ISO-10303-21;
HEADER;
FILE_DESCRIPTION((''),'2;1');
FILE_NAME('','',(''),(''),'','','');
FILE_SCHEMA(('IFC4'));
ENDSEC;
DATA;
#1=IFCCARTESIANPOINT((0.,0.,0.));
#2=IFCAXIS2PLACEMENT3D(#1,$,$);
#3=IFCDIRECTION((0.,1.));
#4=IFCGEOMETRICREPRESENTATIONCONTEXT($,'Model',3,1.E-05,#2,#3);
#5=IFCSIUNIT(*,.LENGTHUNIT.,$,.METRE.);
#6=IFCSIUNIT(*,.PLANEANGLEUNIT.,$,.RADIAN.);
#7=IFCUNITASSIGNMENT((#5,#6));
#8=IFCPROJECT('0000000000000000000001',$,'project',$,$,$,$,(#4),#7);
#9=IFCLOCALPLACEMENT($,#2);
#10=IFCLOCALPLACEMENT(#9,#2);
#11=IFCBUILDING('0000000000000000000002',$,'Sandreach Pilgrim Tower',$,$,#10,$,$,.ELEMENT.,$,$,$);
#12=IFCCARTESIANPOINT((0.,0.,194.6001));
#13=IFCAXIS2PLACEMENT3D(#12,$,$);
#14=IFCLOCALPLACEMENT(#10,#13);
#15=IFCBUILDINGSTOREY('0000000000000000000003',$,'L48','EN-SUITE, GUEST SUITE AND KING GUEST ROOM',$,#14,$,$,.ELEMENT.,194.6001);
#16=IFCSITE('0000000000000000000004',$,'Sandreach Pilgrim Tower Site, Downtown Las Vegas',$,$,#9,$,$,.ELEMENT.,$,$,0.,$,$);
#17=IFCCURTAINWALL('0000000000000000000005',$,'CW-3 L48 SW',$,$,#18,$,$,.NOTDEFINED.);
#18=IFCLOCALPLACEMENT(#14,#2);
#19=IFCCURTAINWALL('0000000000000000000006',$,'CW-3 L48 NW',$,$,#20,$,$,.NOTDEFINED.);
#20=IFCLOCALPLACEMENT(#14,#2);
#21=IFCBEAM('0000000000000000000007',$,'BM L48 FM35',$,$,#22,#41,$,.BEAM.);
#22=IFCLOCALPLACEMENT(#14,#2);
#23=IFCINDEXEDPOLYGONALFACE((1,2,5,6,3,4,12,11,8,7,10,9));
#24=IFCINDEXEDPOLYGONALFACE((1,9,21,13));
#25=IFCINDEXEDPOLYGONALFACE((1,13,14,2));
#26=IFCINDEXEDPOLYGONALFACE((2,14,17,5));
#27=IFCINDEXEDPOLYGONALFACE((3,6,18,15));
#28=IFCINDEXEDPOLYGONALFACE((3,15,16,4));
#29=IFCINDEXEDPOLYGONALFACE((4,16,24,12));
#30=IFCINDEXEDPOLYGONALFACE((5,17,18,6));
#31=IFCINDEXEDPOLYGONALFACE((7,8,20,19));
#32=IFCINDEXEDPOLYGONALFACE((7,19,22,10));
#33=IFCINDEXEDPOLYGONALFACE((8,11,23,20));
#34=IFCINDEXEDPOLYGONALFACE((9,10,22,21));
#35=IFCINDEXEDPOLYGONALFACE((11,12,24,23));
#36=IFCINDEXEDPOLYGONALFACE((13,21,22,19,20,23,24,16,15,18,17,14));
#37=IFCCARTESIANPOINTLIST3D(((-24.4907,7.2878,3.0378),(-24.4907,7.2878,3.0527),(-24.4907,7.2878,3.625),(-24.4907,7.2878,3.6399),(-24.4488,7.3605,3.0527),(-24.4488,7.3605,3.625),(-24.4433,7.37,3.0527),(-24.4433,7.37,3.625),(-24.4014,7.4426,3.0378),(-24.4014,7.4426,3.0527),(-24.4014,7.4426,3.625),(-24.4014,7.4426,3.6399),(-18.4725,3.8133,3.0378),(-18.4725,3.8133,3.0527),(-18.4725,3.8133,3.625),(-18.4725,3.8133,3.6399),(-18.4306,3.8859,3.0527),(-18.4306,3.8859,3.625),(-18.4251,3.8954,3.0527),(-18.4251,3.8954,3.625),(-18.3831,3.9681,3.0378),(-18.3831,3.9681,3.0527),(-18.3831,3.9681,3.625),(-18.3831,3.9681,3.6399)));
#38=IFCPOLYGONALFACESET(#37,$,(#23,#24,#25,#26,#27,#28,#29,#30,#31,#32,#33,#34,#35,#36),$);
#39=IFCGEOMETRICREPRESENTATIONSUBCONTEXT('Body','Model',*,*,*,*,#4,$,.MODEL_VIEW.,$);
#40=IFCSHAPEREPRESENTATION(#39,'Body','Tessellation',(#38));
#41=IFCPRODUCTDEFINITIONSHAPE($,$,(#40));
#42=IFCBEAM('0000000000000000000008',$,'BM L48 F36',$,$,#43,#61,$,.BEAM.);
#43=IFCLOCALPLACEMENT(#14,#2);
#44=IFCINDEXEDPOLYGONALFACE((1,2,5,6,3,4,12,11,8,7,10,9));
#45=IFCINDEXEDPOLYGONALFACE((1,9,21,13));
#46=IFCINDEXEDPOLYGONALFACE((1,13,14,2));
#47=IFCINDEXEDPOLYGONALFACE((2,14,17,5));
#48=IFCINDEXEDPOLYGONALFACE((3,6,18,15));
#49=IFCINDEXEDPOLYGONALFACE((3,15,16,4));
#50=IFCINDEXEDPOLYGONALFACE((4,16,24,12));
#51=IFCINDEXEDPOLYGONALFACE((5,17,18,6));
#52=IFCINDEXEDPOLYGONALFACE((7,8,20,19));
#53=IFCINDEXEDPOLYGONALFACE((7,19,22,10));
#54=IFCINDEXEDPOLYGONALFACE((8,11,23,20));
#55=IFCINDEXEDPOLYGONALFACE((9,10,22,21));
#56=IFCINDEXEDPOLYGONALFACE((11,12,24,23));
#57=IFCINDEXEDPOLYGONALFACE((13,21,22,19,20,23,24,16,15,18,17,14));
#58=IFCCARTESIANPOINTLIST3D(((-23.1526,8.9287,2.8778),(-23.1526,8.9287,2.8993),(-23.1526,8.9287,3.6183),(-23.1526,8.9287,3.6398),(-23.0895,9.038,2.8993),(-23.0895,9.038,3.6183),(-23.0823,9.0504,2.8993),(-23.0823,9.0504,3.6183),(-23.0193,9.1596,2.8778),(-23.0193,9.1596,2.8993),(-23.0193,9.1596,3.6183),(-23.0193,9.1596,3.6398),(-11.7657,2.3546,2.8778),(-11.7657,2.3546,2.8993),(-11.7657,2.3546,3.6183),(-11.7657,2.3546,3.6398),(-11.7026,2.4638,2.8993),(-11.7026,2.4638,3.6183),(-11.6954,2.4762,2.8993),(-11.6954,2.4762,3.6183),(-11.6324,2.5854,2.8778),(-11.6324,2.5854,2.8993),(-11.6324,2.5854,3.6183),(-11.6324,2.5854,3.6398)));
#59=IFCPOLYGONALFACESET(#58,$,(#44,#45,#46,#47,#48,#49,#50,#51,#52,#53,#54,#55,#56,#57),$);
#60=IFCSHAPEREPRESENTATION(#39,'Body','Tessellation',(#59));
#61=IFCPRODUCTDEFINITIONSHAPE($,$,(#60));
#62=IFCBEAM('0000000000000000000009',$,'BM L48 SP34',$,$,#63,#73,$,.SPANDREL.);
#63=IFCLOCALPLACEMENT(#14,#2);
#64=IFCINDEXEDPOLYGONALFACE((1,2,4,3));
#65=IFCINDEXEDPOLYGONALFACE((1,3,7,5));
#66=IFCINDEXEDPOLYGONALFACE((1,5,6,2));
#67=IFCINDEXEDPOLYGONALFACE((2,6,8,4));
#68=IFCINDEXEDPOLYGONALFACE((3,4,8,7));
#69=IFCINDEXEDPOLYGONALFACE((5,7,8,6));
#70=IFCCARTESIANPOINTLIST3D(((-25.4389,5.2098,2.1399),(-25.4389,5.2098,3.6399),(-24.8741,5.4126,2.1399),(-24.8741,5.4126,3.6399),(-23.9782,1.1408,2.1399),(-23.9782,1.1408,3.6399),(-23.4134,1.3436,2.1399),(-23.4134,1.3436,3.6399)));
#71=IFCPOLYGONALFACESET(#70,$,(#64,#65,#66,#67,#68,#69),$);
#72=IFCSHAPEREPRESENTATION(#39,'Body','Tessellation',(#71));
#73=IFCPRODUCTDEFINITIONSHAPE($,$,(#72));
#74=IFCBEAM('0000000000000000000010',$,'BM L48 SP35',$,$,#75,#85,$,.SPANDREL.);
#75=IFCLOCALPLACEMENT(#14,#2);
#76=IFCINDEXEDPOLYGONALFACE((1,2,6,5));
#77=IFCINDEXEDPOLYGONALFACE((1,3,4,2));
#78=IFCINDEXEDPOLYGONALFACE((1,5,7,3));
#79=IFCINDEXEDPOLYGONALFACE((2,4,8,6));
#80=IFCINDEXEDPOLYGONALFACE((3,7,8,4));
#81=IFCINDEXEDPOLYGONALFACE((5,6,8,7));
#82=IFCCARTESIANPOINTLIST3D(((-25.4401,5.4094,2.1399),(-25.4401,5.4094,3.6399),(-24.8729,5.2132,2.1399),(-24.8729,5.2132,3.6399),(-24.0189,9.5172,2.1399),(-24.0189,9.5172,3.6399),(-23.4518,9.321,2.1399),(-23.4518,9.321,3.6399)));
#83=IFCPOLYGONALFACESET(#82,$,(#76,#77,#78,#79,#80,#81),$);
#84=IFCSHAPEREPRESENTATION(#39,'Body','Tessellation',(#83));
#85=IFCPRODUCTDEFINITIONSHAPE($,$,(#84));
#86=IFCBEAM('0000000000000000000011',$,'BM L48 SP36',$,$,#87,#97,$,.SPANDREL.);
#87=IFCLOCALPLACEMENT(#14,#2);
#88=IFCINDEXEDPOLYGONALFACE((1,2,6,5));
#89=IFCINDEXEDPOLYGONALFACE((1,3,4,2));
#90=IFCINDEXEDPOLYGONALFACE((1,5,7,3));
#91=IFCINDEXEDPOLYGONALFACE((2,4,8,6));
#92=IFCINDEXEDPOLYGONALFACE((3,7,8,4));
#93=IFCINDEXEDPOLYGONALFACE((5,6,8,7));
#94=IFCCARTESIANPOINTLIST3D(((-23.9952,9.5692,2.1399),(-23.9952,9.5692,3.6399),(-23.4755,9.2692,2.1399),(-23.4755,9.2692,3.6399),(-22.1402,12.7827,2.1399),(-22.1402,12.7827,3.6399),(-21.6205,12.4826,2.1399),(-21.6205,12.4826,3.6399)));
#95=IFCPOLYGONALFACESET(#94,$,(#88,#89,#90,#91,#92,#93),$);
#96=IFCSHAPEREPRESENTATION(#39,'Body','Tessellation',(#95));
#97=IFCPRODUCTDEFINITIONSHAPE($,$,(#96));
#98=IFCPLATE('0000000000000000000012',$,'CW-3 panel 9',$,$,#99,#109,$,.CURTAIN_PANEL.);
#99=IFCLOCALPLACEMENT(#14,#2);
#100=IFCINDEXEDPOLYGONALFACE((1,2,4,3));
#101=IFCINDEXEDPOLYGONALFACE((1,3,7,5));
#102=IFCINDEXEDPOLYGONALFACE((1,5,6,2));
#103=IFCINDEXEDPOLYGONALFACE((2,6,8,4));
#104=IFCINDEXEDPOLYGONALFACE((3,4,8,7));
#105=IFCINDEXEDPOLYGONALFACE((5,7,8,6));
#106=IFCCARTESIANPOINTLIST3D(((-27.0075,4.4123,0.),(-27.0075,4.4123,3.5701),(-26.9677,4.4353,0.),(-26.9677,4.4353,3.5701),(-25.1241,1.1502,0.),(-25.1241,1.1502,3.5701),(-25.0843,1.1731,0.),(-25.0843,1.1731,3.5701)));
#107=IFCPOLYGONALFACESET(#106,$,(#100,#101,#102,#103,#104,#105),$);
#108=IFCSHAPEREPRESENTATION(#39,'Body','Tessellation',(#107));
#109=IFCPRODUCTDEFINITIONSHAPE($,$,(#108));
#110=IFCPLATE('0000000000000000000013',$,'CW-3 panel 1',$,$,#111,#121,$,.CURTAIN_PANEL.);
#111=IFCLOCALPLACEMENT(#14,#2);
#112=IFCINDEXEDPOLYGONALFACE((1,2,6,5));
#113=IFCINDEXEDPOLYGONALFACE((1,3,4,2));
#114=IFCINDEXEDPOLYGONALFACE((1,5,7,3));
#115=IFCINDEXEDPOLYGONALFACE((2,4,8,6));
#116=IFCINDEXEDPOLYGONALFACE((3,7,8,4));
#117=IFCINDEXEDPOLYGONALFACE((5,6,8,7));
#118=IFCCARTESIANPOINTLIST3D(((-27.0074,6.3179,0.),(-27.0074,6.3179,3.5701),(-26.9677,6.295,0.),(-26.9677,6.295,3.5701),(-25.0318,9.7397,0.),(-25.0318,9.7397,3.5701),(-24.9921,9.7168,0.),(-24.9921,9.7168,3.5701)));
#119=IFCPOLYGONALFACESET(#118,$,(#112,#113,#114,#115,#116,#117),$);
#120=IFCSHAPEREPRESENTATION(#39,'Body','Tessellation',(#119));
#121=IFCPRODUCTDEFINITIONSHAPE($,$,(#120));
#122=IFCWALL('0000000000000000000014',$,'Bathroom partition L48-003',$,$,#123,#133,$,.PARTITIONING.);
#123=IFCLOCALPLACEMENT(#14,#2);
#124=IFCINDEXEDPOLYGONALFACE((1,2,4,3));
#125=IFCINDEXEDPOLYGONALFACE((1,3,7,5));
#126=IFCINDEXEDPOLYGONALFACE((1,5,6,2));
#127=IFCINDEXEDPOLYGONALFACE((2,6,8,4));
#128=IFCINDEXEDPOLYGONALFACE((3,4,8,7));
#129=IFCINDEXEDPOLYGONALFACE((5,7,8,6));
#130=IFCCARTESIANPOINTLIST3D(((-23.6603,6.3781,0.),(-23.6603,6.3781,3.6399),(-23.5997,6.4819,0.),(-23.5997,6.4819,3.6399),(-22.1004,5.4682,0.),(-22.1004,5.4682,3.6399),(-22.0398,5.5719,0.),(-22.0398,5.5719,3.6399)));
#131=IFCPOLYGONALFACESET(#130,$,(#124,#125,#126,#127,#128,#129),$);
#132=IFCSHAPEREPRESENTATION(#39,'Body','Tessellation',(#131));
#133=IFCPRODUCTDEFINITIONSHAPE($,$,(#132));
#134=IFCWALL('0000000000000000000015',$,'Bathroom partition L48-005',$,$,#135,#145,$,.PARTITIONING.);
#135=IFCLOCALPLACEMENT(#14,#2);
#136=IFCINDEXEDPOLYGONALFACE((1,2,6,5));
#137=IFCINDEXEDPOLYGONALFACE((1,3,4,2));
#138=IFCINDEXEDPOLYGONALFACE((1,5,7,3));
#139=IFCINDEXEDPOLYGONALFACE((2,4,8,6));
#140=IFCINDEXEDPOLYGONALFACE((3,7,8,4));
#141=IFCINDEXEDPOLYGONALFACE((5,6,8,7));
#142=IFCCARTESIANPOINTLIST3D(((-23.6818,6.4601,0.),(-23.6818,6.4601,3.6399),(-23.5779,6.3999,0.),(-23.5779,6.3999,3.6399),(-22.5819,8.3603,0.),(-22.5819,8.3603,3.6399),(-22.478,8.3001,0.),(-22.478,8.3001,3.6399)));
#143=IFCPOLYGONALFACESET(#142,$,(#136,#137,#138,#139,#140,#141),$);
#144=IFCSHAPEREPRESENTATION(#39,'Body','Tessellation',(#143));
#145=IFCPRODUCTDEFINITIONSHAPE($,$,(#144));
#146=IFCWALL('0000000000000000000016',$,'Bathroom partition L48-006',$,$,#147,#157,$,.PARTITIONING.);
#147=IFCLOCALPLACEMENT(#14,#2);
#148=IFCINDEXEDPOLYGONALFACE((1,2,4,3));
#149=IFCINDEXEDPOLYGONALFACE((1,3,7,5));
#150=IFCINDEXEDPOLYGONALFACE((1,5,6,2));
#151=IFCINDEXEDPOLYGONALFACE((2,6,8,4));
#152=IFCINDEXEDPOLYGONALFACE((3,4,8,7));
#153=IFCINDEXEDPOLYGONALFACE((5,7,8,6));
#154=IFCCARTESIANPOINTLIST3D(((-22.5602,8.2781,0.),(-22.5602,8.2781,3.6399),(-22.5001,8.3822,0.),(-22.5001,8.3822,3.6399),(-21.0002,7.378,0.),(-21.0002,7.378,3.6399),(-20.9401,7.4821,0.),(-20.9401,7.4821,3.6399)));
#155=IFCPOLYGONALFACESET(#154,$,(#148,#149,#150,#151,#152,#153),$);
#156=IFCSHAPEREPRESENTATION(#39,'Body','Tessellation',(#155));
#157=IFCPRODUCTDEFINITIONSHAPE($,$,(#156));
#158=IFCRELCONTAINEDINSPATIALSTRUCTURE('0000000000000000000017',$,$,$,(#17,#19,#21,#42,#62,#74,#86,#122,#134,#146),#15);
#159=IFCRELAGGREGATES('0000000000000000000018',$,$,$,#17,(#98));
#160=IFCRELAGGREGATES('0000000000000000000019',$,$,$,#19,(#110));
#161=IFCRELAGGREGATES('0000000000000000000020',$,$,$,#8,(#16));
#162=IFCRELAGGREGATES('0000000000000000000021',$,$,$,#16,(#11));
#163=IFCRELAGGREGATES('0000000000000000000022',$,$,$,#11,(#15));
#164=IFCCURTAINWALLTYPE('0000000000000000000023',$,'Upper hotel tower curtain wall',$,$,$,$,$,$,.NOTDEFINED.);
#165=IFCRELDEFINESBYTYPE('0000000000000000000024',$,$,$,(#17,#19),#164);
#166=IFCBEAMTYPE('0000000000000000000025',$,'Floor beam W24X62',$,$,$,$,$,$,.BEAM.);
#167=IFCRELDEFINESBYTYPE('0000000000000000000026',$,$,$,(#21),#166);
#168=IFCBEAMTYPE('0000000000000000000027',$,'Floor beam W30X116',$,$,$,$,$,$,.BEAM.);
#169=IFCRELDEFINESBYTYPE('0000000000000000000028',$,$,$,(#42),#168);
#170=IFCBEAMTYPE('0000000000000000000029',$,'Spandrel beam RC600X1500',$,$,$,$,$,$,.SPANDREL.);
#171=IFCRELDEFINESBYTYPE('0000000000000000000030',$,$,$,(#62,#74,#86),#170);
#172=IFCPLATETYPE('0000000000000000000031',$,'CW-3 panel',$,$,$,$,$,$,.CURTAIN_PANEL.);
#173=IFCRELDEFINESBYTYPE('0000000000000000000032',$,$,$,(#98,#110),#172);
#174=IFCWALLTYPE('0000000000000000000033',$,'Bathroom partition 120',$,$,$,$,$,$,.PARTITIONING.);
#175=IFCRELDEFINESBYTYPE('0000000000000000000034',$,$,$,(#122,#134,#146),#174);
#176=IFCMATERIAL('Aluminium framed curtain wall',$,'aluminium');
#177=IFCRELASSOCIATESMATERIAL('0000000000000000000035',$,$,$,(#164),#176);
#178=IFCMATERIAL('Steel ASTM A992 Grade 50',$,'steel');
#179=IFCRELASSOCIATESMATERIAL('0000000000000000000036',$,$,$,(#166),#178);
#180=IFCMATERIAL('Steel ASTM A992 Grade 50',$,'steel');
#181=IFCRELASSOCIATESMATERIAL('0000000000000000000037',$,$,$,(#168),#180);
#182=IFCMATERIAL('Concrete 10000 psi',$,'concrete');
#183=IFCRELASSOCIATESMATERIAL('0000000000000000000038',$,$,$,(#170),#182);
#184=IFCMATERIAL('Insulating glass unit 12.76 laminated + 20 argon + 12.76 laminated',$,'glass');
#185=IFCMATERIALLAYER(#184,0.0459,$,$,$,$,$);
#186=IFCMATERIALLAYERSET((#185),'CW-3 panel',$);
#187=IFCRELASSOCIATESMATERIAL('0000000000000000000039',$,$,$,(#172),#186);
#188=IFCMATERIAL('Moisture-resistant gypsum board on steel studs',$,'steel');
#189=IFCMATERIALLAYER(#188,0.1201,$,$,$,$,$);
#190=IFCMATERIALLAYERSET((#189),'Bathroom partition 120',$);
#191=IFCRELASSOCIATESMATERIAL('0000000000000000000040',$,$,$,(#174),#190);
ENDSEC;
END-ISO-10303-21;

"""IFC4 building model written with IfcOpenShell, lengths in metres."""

from ifc_helpers import new_model, si_unit, direction, frame, frame_2d, origin, origin_2d, place, context, subcontext, project, spatial, rectangle, i_section, extrude, material, layer, layer_set, material_profile, profile_set, type_object, element, aggregate, save


model = new_model("IFC4")

# Units and contexts
model_context = context("Model", 3, precision=1e-05, world=origin(), true_north=direction((0.0, 1.0)))
body_context = subcontext(model_context, "Body", "Model", "MODEL_VIEW")
ifc_project = project(units=[si_unit("LENGTHUNIT", "METRE"), si_unit("PLANEANGLEUNIT", "RADIAN")], contexts=[model_context])

# Site, building, storey
site_placement = place(None, origin())
site = spatial("IfcSite", under=ifc_project, at=site_placement, Name="Sandreach Pilgrim Tower Site, Downtown Las Vegas", CompositionType="ELEMENT", RefElevation=0.0)
building_placement = place(site_placement, origin())
building = spatial("IfcBuilding", under=site, at=building_placement, Name="Sandreach Pilgrim Tower", CompositionType="ELEMENT")
storey_placement = place(building_placement, frame((0.0, 0.0, 194.6001)))
storey = spatial("IfcBuildingStorey", under=building, at=storey_placement, Name="L48", Description="EN-SUITE, GUEST SUITE AND KING GUEST ROOM", CompositionType="ELEMENT", Elevation=194.6001)

# Curtain wall
ifc_material_1 = material(Name="Aluminium framed curtain wall", Category="aluminium")
curtain_wall_type = type_object("IfcCurtainWallType", Name="Upper hotel tower curtain wall", PredefinedType="NOTDEFINED", material=ifc_material_1)
curtain_wall_1_placement = place(storey_placement, origin())
curtain_wall_1 = element("IfcCurtainWall", 1, at=curtain_wall_1_placement, inside=storey, type_object=curtain_wall_type, Name="CW-3 L48 SW", PredefinedType="NOTDEFINED")

# Curtain wall
curtain_wall_2_placement = place(storey_placement, origin())
curtain_wall_2 = element("IfcCurtainWall", 2, at=curtain_wall_2_placement, inside=storey, type_object=curtain_wall_type, Name="CW-3 L48 NW", PredefinedType="NOTDEFINED")

# Beams
ifc_material_2 = material(Name="Steel ASTM A992 Grade 50", Category="steel")
ifc_material_profile_1 = material_profile(ifc_material_2, i_section(OverallWidth=0.1787, OverallDepth=0.6021, WebThickness=0.011, FlangeThickness=0.0149, at=origin_2d()), Name="W24X62")
ifc_profile_set_1 = profile_set([ifc_material_profile_1], Name="Steel ASTM A992 Grade 50")
beam_type_1 = type_object("IfcBeamType", Name="Floor beam W24X62", PredefinedType="BEAM", material=ifc_profile_set_1)
beam_1_placement = place(storey_placement, frame((-24.446, 7.3652, 3.3389), z_axis=(0.866029, -0.499993, 0.0), x_axis=(0.499993, 0.866029, 0.0)))
element("IfcBeam", 3, at=beam_1_placement, inside=storey, type_object=beam_type_1, Name="BM L48 FM35", PredefinedType="BEAM", context=body_context, shape_type="SweptSolid", body=[
    extrude(i_section(OverallWidth=0.1787, OverallDepth=0.6021, WebThickness=0.011, FlangeThickness=0.0149, at=origin_2d()), origin(), (0.0, 0.0, 1.0), 6.9492),
])
ifc_material_3 = material(Name="Steel ASTM A992 Grade 50", Category="steel")
ifc_material_profile_2 = material_profile(ifc_material_3, i_section(OverallWidth=0.2666, OverallDepth=0.762, WebThickness=0.0144, FlangeThickness=0.0215, at=origin_2d()), Name="W30X116")
ifc_profile_set_2 = profile_set([ifc_material_profile_2], Name="Steel ASTM A992 Grade 50")
beam_type_2 = type_object("IfcBeamType", Name="Floor beam W30X116", PredefinedType="BEAM", material=ifc_profile_set_2)
beam_2_placement = place(storey_placement, frame((-23.0859, 9.0442, 3.2588), z_axis=(0.866027, -0.499997, 0.0), x_axis=(0.499997, 0.866027, 0.0)))
element("IfcBeam", 4, at=beam_2_placement, inside=storey, type_object=beam_type_2, Name="BM L48 F36", PredefinedType="BEAM", context=body_context, shape_type="SweptSolid", body=[
    extrude(i_section(OverallWidth=0.2666, OverallDepth=0.762, WebThickness=0.0144, FlangeThickness=0.0215, at=origin_2d()), origin(), (0.0, 0.0, 1.0), 13.1484),
])
ifc_material_4 = material(Name="Concrete 10000 psi", Category="concrete")
ifc_material_profile_3 = material_profile(ifc_material_4, rectangle(XDim=0.6001, YDim=1.5, at=origin_2d()), Name="RC600X1500")
ifc_profile_set_3 = profile_set([ifc_material_profile_3], Name="Concrete 10000 psi")
beam_type_3 = type_object("IfcBeamType", Name="Spandrel beam RC600X1500", PredefinedType="SPANDREL", material=ifc_profile_set_3)
beam_3_placement = place(storey_placement, frame((-23.6958, 1.2422, 2.8899), z_axis=(-0.337863, 0.941195, 0.0), x_axis=(-0.941195, -0.337863, 0.0)))
element("IfcBeam", 5, at=beam_3_placement, inside=storey, type_object=beam_type_3, Name="BM L48 SP34", PredefinedType="SPANDREL", context=body_context, shape_type="SweptSolid", body=[
    extrude(rectangle(XDim=0.6001, YDim=1.5, at=origin_2d()), origin(), (0.0, 0.0, 1.0), 4.3232),
])
beam_4_placement = place(storey_placement, frame((-25.1565, 5.3113, 2.8899), z_axis=(0.326941, 0.945045, 0.0), x_axis=(-0.945045, 0.326941, 0.0)))
element("IfcBeam", 6, at=beam_4_placement, inside=storey, type_object=beam_type_3, Name="BM L48 SP35", PredefinedType="SPANDREL", context=body_context, shape_type="SweptSolid", body=[
    extrude(rectangle(XDim=0.6001, YDim=1.5, at=origin_2d()), origin(), (0.0, 0.0, 1.0), 4.3467),
])
beam_5_placement = place(storey_placement, frame((-23.7354, 9.4192, 2.8899), z_axis=(0.499946, 0.866056, 0.0), x_axis=(-0.866056, 0.499946, 0.0)))
element("IfcBeam", 7, at=beam_5_placement, inside=storey, type_object=beam_type_3, Name="BM L48 SP36", PredefinedType="SPANDREL", context=body_context, shape_type="SweptSolid", body=[
    extrude(rectangle(XDim=0.6001, YDim=1.5, at=origin_2d()), origin(), (0.0, 0.0, 1.0), 3.7104),
])

# Plates
ifc_material_5 = material(Name="Insulating glass unit 12.76 laminated + 20 argon + 12.76 laminated", Category="glass")
ifc_layer_1 = layer(ifc_material_5, 0.0459)
ifc_layer_set_1 = layer_set([ifc_layer_1], Name="CW-3 panel")
plate_type = type_object("IfcPlateType", Name="CW-3 panel", PredefinedType="CURTAIN_PANEL", material=ifc_layer_set_1)
plate_1_placement = place(storey_placement, frame((-26.0459, 2.7927, 0.0), z_axis=(0.0, 0.0, 1.0), x_axis=(-0.5, 0.866025, 0.0)))
plate_1 = element("IfcPlate", 8, at=plate_1_placement, type_object=plate_type, Name="CW-3 panel 9", PredefinedType="CURTAIN_PANEL", context=body_context, shape_type="SweptSolid", body=[
    extrude(rectangle(XDim=3.7668, YDim=0.0459, at=origin_2d()), origin(), (0.0, 0.0, 1.0), 3.5701),
])
aggregate(curtain_wall_1, [plate_1])
plate_2_placement = place(storey_placement, frame((-25.9998, 8.0173, 0.0), z_axis=(0.0, 0.0, 1.0), x_axis=(0.5, 0.866025, 0.0)))
plate_2 = element("IfcPlate", 9, at=plate_2_placement, type_object=plate_type, Name="CW-3 panel 1", PredefinedType="CURTAIN_PANEL", context=body_context, shape_type="SweptSolid", body=[
    extrude(rectangle(XDim=3.9512, YDim=0.0459, at=origin_2d()), origin(), (0.0, 0.0, 1.0), 3.5701),
])
aggregate(curtain_wall_2, [plate_2])

# Walls
ifc_material_6 = material(Name="Moisture-resistant gypsum board on steel studs", Category="steel")
ifc_layer_2 = layer(ifc_material_6, 0.1201)
ifc_layer_set_2 = layer_set([ifc_layer_2], Name="Bathroom partition 120")
wall_type_1 = type_object("IfcWallType", Name="Bathroom partition 120", PredefinedType="PARTITIONING", material=ifc_layer_set_2)
wall_1_placement = place(storey_placement, frame((-23.6299, 6.4299, 0.0), z_axis=(0.0, 0.0, 1.0), x_axis=(0.863774, -0.503879, 0.0)))
element("IfcWall", 10, at=wall_1_placement, inside=storey, type_object=wall_type_1, Name="Bathroom partition L48-003", PredefinedType="PARTITIONING", context=body_context, shape_type="SweptSolid", body=[
    extrude(rectangle(XDim=1.8059, YDim=0.1201, at=frame_2d((0.9028, 0.0))), origin(), (0.0, 0.0, 1.0), 3.6399),
])
wall_2_placement = place(storey_placement, frame((-22.53, 8.3301, 0.0), z_axis=(0.0, 0.0, 1.0), x_axis=(-0.500957, -0.865472, 0.0)))
element("IfcWall", 11, at=wall_2_placement, inside=storey, type_object=wall_type_1, Name="Bathroom partition L48-005", PredefinedType="PARTITIONING", context=body_context, shape_type="SweptSolid", body=[
    extrude(rectangle(XDim=2.1956, YDim=0.1201, at=frame_2d((1.0977, 0.0))), origin(), (0.0, 0.0, 1.0), 3.6399),
])
wall_3_placement = place(storey_placement, frame((-22.53, 8.3301, 0.0), z_axis=(0.0, 0.0, 1.0), x_axis=(0.866159, -0.499769, 0.0)))
element("IfcWall", 12, at=wall_3_placement, inside=storey, type_object=wall_type_1, Name="Bathroom partition L48-006", PredefinedType="PARTITIONING", context=body_context, shape_type="SweptSolid", body=[
    extrude(rectangle(XDim=1.801, YDim=0.1201, at=frame_2d((0.9004, 0.0))), origin(), (0.0, 0.0, 1.0), 3.6399),
])

save(model, "model.ifc")
